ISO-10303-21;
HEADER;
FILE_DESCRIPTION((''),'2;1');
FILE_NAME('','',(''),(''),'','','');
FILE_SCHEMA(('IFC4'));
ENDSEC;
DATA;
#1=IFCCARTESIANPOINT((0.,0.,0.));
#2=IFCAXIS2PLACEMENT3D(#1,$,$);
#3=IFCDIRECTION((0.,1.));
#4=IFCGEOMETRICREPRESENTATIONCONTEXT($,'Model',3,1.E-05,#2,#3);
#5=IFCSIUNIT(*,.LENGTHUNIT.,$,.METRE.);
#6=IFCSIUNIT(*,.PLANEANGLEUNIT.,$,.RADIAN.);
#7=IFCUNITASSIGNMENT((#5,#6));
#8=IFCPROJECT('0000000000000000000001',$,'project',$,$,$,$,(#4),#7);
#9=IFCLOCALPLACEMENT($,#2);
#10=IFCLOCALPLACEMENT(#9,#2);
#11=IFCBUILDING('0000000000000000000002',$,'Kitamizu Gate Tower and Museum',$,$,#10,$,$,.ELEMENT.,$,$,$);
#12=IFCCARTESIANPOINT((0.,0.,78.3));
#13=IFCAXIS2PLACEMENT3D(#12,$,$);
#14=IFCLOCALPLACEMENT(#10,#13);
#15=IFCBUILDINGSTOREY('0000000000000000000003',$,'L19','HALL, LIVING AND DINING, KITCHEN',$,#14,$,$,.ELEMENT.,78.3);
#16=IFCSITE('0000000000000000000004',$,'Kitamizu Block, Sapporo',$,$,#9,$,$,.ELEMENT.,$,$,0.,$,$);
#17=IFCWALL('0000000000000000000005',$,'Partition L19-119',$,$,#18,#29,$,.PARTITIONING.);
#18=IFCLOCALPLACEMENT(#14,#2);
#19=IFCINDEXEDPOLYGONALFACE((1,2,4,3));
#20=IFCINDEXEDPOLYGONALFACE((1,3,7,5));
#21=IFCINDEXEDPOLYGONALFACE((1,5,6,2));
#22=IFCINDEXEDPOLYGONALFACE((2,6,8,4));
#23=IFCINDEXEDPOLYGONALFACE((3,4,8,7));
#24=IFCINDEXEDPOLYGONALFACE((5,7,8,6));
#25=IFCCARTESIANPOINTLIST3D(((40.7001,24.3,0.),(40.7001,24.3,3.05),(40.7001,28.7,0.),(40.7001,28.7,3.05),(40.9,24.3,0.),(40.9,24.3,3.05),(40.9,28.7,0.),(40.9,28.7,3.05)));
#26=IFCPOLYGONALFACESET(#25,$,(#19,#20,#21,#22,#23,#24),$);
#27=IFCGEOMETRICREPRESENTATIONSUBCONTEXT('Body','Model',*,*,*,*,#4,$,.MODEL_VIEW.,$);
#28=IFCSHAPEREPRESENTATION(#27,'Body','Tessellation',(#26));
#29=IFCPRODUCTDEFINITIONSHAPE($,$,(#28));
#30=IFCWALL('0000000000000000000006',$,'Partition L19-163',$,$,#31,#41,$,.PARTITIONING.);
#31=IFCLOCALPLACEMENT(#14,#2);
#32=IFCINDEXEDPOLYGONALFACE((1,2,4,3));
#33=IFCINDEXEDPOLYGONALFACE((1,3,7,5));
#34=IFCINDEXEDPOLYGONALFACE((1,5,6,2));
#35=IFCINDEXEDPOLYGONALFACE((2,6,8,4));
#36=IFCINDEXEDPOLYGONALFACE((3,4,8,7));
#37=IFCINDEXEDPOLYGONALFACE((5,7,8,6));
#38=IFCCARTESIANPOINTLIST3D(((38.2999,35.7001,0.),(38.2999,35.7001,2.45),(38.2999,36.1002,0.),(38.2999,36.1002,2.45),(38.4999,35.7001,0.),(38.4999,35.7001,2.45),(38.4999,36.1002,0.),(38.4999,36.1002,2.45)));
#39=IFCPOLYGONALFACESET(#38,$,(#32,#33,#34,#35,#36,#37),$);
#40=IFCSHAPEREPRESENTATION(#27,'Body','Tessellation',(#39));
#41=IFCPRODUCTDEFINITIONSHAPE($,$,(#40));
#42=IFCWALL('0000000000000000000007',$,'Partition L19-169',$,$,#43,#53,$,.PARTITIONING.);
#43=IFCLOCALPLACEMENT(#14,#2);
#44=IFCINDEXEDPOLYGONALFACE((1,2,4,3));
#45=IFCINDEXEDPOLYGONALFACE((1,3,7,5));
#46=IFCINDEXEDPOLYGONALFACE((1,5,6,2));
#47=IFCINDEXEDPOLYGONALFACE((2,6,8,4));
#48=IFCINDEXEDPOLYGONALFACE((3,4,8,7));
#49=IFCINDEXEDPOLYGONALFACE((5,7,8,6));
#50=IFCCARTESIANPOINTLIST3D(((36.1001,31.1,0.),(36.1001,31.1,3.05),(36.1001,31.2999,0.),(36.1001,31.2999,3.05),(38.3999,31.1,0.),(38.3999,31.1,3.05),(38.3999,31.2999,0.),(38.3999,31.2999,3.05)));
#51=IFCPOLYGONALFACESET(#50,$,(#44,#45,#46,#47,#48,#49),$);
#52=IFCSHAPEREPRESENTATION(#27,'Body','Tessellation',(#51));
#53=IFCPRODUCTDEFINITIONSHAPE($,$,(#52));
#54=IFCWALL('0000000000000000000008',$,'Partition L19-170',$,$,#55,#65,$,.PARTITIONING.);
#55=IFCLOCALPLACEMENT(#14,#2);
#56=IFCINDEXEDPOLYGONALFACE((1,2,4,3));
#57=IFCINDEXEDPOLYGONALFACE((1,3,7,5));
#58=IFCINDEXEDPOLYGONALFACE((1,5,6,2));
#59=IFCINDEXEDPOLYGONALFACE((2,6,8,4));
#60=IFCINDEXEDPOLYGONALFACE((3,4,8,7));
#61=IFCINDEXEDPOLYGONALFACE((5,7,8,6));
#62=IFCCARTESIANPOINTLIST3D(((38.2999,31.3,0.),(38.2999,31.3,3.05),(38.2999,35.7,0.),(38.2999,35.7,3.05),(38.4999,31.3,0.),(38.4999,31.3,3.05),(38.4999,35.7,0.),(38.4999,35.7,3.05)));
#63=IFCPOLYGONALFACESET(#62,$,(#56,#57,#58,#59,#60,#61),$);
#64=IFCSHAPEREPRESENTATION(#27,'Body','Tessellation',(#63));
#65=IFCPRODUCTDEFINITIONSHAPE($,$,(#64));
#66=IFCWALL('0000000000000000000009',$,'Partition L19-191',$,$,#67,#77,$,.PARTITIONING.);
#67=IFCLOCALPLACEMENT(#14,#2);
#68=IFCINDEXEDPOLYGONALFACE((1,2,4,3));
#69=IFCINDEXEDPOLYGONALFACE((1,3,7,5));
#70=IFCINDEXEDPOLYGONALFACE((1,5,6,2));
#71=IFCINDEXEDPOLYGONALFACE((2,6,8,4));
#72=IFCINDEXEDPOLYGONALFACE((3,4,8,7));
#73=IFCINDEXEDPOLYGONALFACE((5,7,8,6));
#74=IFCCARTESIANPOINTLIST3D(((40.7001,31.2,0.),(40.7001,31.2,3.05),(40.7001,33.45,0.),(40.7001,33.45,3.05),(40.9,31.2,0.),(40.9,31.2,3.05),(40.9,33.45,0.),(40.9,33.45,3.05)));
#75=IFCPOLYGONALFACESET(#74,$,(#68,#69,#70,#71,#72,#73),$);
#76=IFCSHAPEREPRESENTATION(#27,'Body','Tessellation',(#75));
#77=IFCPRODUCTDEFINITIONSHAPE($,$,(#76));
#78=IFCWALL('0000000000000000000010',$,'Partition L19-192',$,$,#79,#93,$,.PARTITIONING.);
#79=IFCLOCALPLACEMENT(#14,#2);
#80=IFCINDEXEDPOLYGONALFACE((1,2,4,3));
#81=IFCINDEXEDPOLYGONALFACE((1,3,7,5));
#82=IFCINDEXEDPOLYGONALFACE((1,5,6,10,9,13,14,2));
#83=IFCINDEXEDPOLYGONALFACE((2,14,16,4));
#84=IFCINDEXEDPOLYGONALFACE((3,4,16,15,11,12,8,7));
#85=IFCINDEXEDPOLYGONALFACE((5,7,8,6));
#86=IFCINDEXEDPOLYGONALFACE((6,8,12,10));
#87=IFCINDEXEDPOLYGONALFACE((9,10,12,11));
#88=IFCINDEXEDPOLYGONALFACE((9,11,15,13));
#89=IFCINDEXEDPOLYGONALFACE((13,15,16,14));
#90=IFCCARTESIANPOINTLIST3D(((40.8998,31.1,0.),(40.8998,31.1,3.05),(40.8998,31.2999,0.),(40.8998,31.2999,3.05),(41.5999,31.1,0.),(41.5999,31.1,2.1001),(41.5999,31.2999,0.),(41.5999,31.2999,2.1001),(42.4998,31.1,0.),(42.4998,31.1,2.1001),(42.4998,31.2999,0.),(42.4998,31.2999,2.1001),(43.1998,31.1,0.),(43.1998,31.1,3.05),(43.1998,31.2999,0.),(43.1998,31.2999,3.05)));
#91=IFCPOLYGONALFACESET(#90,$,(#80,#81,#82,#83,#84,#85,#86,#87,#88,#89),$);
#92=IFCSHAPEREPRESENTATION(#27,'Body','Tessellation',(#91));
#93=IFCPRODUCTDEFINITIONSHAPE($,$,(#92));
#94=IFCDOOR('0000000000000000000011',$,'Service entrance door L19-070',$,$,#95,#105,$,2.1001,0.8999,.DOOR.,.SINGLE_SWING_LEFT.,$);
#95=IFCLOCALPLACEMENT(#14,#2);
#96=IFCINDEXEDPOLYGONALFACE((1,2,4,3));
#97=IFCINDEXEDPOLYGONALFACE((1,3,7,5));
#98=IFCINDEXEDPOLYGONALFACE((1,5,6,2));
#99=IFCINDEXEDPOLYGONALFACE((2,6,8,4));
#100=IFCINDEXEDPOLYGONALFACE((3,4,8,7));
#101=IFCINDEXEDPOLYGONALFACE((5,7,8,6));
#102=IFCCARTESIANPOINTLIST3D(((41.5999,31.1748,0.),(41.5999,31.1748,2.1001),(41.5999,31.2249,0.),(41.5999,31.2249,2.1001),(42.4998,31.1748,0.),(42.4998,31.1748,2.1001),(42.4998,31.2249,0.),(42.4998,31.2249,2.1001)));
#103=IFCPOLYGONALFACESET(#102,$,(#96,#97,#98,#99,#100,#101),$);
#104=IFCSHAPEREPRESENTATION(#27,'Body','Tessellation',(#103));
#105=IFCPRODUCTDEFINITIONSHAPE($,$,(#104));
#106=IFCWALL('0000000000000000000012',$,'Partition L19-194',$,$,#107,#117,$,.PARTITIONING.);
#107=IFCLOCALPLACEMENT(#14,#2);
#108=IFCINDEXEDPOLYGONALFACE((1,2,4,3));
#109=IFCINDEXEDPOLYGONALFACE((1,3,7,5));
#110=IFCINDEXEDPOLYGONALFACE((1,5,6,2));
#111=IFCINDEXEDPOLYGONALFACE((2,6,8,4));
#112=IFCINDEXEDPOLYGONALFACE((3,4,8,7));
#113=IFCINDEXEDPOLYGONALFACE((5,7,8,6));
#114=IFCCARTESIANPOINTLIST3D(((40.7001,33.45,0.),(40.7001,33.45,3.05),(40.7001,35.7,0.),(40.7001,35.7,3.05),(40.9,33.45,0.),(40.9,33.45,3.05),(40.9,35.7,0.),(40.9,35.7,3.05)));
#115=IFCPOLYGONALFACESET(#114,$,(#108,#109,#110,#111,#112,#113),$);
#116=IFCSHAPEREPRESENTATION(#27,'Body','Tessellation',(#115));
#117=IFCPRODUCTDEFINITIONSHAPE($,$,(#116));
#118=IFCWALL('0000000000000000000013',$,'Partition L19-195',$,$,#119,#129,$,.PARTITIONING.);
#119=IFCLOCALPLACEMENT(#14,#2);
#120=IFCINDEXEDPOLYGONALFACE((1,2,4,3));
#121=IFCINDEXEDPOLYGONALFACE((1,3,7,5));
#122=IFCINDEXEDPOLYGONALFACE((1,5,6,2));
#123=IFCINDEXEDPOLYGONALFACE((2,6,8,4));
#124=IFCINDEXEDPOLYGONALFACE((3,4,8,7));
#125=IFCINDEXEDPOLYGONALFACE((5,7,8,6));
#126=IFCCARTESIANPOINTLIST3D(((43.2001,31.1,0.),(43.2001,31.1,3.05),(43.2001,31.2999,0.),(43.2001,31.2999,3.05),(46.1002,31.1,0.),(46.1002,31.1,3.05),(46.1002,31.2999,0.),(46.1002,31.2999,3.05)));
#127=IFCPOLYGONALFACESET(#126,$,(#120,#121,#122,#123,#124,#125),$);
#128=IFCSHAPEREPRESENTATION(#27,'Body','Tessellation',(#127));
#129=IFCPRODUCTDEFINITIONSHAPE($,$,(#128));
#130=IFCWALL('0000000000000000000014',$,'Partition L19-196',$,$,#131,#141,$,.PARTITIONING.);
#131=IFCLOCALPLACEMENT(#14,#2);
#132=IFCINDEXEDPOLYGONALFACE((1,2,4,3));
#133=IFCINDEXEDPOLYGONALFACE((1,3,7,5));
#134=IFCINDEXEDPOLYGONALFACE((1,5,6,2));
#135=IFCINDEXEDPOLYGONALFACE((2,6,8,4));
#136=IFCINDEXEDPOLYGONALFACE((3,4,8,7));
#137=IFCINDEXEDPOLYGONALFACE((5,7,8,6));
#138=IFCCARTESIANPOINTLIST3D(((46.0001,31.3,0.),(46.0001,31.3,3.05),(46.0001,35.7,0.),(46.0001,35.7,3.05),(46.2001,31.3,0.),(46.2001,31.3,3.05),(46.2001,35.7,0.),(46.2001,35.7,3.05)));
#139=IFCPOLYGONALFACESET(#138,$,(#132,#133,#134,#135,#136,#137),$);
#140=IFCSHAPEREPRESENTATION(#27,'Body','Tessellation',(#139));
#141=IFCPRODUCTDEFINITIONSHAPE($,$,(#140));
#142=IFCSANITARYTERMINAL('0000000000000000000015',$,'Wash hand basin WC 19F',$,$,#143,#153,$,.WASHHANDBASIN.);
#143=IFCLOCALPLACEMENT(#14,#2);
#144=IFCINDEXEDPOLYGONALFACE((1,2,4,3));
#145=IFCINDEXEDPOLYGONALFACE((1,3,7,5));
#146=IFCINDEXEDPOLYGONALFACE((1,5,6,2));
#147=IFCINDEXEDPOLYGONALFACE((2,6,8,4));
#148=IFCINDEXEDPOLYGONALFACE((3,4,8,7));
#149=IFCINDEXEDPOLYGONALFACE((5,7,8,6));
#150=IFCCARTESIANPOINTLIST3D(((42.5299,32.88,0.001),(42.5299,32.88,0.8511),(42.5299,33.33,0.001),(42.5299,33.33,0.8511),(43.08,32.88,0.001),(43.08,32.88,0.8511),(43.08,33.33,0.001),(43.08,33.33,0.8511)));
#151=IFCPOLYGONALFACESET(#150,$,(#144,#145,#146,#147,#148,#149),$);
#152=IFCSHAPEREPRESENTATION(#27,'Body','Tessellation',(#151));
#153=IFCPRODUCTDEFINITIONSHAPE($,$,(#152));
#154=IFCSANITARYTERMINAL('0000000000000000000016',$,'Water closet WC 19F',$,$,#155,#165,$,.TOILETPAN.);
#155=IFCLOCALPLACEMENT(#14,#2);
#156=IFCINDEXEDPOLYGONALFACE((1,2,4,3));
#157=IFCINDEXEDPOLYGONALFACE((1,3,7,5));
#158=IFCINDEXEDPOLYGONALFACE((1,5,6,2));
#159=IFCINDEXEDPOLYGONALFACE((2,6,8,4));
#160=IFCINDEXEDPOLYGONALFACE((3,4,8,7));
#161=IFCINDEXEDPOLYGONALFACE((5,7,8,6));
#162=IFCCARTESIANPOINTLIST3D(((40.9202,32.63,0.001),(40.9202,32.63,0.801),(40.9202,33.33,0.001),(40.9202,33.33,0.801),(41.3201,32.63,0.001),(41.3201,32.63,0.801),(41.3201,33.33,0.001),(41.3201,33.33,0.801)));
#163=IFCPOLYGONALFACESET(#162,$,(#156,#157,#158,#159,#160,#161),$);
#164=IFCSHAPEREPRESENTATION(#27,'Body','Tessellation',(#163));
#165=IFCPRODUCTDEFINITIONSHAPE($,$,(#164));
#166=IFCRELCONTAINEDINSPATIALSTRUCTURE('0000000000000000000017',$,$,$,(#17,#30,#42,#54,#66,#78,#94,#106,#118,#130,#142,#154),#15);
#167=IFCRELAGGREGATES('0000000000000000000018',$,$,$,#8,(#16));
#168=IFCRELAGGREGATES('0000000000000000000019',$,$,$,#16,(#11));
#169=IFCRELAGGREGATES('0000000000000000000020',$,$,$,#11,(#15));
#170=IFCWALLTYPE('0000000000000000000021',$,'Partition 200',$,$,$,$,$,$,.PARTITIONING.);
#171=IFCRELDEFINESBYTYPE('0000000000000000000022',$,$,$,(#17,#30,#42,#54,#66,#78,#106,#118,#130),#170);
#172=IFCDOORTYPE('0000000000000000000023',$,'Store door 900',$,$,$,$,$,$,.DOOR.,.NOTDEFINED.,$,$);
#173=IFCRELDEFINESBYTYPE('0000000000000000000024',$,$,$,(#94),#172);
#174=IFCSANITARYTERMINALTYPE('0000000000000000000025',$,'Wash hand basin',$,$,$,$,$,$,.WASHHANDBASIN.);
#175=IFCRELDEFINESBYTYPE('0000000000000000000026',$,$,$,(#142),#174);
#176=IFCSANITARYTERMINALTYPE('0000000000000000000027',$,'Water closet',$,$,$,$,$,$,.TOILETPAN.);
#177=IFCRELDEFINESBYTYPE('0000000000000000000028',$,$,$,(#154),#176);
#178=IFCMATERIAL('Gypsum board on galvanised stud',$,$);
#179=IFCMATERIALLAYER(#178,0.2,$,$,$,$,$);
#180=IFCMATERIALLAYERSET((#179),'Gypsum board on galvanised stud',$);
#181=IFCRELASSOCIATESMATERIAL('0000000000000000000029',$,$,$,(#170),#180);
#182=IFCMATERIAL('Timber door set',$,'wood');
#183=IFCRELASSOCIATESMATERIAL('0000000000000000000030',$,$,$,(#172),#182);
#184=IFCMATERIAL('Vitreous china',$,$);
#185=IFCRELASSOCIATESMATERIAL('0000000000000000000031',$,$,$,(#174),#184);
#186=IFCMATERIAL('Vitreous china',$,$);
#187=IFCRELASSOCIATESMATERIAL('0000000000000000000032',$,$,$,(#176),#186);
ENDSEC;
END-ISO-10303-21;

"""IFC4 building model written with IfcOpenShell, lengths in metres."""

from ifc_helpers import new_model, si_unit, direction, frame, frame_2d, origin, origin_2d, place, context, subcontext, project, spatial, rectangle, extrude, material, layer, layer_set, type_object, element, fill, save


model = new_model("IFC4")

# Units and contexts
model_context = context("Model", 3, precision=1e-05, world=origin(), true_north=direction((0.0, 1.0)))
body_context = subcontext(model_context, "Body", "Model", "MODEL_VIEW")
ifc_project = project(units=[si_unit("LENGTHUNIT", "METRE"), si_unit("PLANEANGLEUNIT", "RADIAN")], contexts=[model_context])

# Site, building, storey
site_placement = place(None, origin())
site = spatial("IfcSite", under=ifc_project, at=site_placement, Name="Kitamizu Block, Sapporo", CompositionType="ELEMENT", RefElevation=0.0)
building_placement = place(site_placement, origin())
building = spatial("IfcBuilding", under=site, at=building_placement, Name="Kitamizu Gate Tower and Museum", CompositionType="ELEMENT")
storey_placement = place(building_placement, frame((0.0, 0.0, 78.3)))
storey = spatial("IfcBuildingStorey", under=building, at=storey_placement, Name="L19", Description="HALL, LIVING AND DINING, KITCHEN", CompositionType="ELEMENT", Elevation=78.3)

# Walls
ifc_material_1 = material(Name="Gypsum board on galvanised stud")
ifc_layer_1 = layer(ifc_material_1, 0.2)
ifc_layer_set_1 = layer_set([ifc_layer_1], Name="Gypsum board on galvanised stud")
wall_type_1 = type_object("IfcWallType", Name="Partition 200", PredefinedType="PARTITIONING", material=ifc_layer_set_1)
wall_1_placement = place(storey_placement, frame((40.8, 28.7, 0.0), z_axis=(0.0, 0.0, 1.0), x_axis=(0.0, -1.0, 0.0)))
element("IfcWall", 1, at=wall_1_placement, inside=storey, type_object=wall_type_1, Name="Partition L19-119", PredefinedType="PARTITIONING", context=body_context, shape_type="SweptSolid", body=[
    extrude(rectangle(XDim=4.3999, YDim=0.2, at=frame_2d((2.2, 0.0))), origin(), (0.0, 0.0, 1.0), 3.05),
])
wall_2_placement = place(storey_placement, frame((38.3999, 35.7, 0.0), z_axis=(0.0, 0.0, 1.0), x_axis=(0.0, 1.0, 0.0)))
element("IfcWall", 2, at=wall_2_placement, inside=storey, type_object=wall_type_1, Name="Partition L19-163", PredefinedType="PARTITIONING", context=body_context, shape_type="SweptSolid", body=[
    extrude(rectangle(XDim=0.4001, YDim=0.2, at=frame_2d((0.2002, 0.0))), origin(), (0.0, 0.0, 1.0), 2.45),
])
wall_3_placement = place(storey_placement, frame((36.1001, 31.2, 0.0), z_axis=(0.0, 0.0, 1.0), x_axis=(1.0, 0.0, 0.0)))
element("IfcWall", 3, at=wall_3_placement, inside=storey, type_object=wall_type_1, Name="Partition L19-169", PredefinedType="PARTITIONING", context=body_context, shape_type="SweptSolid", body=[
    extrude(rectangle(XDim=2.2998, YDim=0.2, at=frame_2d((1.1499, 0.0))), origin(), (0.0, 0.0, 1.0), 3.05),
])
wall_4_placement = place(storey_placement, frame((38.3999, 31.3, 0.0), z_axis=(0.0, 0.0, 1.0), x_axis=(0.0, 1.0, 0.0)))
element("IfcWall", 4, at=wall_4_placement, inside=storey, type_object=wall_type_1, Name="Partition L19-170", PredefinedType="PARTITIONING", context=body_context, shape_type="SweptSolid", body=[
    extrude(rectangle(XDim=4.3999, YDim=0.2, at=frame_2d((2.2, 0.0))), origin(), (0.0, 0.0, 1.0), 3.05),
])
wall_5_placement = place(storey_placement, frame((40.8, 33.45, 0.0), z_axis=(0.0, 0.0, 1.0), x_axis=(0.0, -1.0, 0.0)))
element("IfcWall", 5, at=wall_5_placement, inside=storey, type_object=wall_type_1, Name="Partition L19-191", PredefinedType="PARTITIONING", context=body_context, shape_type="SweptSolid", body=[
    extrude(rectangle(XDim=2.25, YDim=0.2, at=frame_2d((1.125, 0.0))), origin(), (0.0, 0.0, 1.0), 3.05),
])

# Wall, opening, door
wall_6_placement = place(storey_placement, frame((40.8999, 31.2, 0.0), z_axis=(0.0, 0.0, 1.0), x_axis=(1.0, 0.0, 0.0)))
wall_6 = element("IfcWall", 6, at=wall_6_placement, inside=storey, type_object=wall_type_1, Name="Partition L19-192", PredefinedType="PARTITIONING", context=body_context, shape_type="SweptSolid", body=[
    extrude(rectangle(XDim=2.3, YDim=0.2, at=frame_2d((1.1499, 0.0))), origin(), (0.0, 0.0, 1.0), 3.05),
])
opening_1_placement = place(wall_6_placement, frame((0.7, 0.0, 0.0)))
opening_1 = element("IfcOpeningElement", 7, at=opening_1_placement, cuts=wall_6, PredefinedType="OPENING", context=body_context, shape_type="SweptSolid", body=[
    extrude(rectangle(XDim=0.8999, YDim=2.1001, at=frame_2d((0.45, 1.05))), frame((0.0, 0.1099, 0.0), z_axis=(0.0, -1.0, 0.0), x_axis=(1.0, 0.0, 0.0)), (0.0, 0.0, 1.0), 0.22),
])
ifc_material_2 = material(Name="Timber door set", Category="wood")
door_type_1 = type_object("IfcDoorType", Name="Store door 900", OperationType="NOTDEFINED", PredefinedType="DOOR", material=ifc_material_2)
door_1_placement = place(opening_1_placement, origin())
door_1 = element("IfcDoor", 8, at=door_1_placement, inside=storey, type_object=door_type_1, Name="Service entrance door L19-070", OperationType="SINGLE_SWING_LEFT", OverallHeight=2.1001, OverallWidth=0.8999, PredefinedType="DOOR", context=body_context, shape_type="SweptSolid", body=[
    extrude(rectangle(XDim=0.8999, YDim=2.1001, at=frame_2d((0.45, 1.05))), frame((0.0, 0.0249, 0.0), z_axis=(0.0, -1.0, 0.0), x_axis=(1.0, 0.0, 0.0)), (0.0, 0.0, 1.0), 0.05),
])
fill(opening_1, door_1)

# Walls
wall_7_placement = place(storey_placement, frame((40.8, 35.7, 0.0), z_axis=(0.0, 0.0, 1.0), x_axis=(0.0, -1.0, 0.0)))
element("IfcWall", 9, at=wall_7_placement, inside=storey, type_object=wall_type_1, Name="Partition L19-194", PredefinedType="PARTITIONING", context=body_context, shape_type="SweptSolid", body=[
    extrude(rectangle(XDim=2.25, YDim=0.2, at=frame_2d((1.125, 0.0))), origin(), (0.0, 0.0, 1.0), 3.05),
])
wall_8_placement = place(storey_placement, frame((43.2, 31.2, 0.0), z_axis=(0.0, 0.0, 1.0), x_axis=(1.0, 0.0, 0.0)))
element("IfcWall", 10, at=wall_8_placement, inside=storey, type_object=wall_type_1, Name="Partition L19-195", PredefinedType="PARTITIONING", context=body_context, shape_type="SweptSolid", body=[
    extrude(rectangle(XDim=2.9001, YDim=0.2, at=frame_2d((1.4502, 0.0))), origin(), (0.0, 0.0, 1.0), 3.05),
])
wall_9_placement = place(storey_placement, frame((46.1001, 31.3, 0.0), z_axis=(0.0, 0.0, 1.0), x_axis=(0.0, 1.0, 0.0)))
element("IfcWall", 11, at=wall_9_placement, inside=storey, type_object=wall_type_1, Name="Partition L19-196", PredefinedType="PARTITIONING", context=body_context, shape_type="SweptSolid", body=[
    extrude(rectangle(XDim=4.3999, YDim=0.2, at=frame_2d((2.2, 0.0))), origin(), (0.0, 0.0, 1.0), 3.05),
])

# Sanitary terminals
ifc_material_3 = material(Name="Vitreous china")
sanitary_terminal_type_1 = type_object("IfcSanitaryTerminalType", Name="Wash hand basin", PredefinedType="WASHHANDBASIN", material=ifc_material_3)
sanitary_terminal_1_placement = place(storey_placement, frame((42.8049, 33.105, 0.001), z_axis=(0.0, 0.0, 1.0), x_axis=(1.0, 0.0, 0.0)))
element("IfcSanitaryTerminal", 12, at=sanitary_terminal_1_placement, inside=storey, type_object=sanitary_terminal_type_1, Name="Wash hand basin WC 19F", PredefinedType="WASHHANDBASIN", context=body_context, shape_type="SweptSolid", body=[
    extrude(rectangle(XDim=0.55, YDim=0.45, at=origin_2d()), origin(), (0.0, 0.0, 1.0), 0.8501),
])
ifc_material_4 = material(Name="Vitreous china")
sanitary_terminal_type_2 = type_object("IfcSanitaryTerminalType", Name="Water closet", PredefinedType="TOILETPAN", material=ifc_material_4)
sanitary_terminal_2_placement = place(storey_placement, frame((41.1201, 32.98, 0.001), z_axis=(0.0, 0.0, 1.0), x_axis=(1.0, 0.0, 0.0)))
element("IfcSanitaryTerminal", 13, at=sanitary_terminal_2_placement, inside=storey, type_object=sanitary_terminal_type_2, Name="Water closet WC 19F", PredefinedType="TOILETPAN", context=body_context, shape_type="SweptSolid", body=[
    extrude(rectangle(XDim=0.3999, YDim=0.7, at=origin_2d()), origin(), (0.0, 0.0, 1.0), 0.8),
])

save(model, "model.ifc")
